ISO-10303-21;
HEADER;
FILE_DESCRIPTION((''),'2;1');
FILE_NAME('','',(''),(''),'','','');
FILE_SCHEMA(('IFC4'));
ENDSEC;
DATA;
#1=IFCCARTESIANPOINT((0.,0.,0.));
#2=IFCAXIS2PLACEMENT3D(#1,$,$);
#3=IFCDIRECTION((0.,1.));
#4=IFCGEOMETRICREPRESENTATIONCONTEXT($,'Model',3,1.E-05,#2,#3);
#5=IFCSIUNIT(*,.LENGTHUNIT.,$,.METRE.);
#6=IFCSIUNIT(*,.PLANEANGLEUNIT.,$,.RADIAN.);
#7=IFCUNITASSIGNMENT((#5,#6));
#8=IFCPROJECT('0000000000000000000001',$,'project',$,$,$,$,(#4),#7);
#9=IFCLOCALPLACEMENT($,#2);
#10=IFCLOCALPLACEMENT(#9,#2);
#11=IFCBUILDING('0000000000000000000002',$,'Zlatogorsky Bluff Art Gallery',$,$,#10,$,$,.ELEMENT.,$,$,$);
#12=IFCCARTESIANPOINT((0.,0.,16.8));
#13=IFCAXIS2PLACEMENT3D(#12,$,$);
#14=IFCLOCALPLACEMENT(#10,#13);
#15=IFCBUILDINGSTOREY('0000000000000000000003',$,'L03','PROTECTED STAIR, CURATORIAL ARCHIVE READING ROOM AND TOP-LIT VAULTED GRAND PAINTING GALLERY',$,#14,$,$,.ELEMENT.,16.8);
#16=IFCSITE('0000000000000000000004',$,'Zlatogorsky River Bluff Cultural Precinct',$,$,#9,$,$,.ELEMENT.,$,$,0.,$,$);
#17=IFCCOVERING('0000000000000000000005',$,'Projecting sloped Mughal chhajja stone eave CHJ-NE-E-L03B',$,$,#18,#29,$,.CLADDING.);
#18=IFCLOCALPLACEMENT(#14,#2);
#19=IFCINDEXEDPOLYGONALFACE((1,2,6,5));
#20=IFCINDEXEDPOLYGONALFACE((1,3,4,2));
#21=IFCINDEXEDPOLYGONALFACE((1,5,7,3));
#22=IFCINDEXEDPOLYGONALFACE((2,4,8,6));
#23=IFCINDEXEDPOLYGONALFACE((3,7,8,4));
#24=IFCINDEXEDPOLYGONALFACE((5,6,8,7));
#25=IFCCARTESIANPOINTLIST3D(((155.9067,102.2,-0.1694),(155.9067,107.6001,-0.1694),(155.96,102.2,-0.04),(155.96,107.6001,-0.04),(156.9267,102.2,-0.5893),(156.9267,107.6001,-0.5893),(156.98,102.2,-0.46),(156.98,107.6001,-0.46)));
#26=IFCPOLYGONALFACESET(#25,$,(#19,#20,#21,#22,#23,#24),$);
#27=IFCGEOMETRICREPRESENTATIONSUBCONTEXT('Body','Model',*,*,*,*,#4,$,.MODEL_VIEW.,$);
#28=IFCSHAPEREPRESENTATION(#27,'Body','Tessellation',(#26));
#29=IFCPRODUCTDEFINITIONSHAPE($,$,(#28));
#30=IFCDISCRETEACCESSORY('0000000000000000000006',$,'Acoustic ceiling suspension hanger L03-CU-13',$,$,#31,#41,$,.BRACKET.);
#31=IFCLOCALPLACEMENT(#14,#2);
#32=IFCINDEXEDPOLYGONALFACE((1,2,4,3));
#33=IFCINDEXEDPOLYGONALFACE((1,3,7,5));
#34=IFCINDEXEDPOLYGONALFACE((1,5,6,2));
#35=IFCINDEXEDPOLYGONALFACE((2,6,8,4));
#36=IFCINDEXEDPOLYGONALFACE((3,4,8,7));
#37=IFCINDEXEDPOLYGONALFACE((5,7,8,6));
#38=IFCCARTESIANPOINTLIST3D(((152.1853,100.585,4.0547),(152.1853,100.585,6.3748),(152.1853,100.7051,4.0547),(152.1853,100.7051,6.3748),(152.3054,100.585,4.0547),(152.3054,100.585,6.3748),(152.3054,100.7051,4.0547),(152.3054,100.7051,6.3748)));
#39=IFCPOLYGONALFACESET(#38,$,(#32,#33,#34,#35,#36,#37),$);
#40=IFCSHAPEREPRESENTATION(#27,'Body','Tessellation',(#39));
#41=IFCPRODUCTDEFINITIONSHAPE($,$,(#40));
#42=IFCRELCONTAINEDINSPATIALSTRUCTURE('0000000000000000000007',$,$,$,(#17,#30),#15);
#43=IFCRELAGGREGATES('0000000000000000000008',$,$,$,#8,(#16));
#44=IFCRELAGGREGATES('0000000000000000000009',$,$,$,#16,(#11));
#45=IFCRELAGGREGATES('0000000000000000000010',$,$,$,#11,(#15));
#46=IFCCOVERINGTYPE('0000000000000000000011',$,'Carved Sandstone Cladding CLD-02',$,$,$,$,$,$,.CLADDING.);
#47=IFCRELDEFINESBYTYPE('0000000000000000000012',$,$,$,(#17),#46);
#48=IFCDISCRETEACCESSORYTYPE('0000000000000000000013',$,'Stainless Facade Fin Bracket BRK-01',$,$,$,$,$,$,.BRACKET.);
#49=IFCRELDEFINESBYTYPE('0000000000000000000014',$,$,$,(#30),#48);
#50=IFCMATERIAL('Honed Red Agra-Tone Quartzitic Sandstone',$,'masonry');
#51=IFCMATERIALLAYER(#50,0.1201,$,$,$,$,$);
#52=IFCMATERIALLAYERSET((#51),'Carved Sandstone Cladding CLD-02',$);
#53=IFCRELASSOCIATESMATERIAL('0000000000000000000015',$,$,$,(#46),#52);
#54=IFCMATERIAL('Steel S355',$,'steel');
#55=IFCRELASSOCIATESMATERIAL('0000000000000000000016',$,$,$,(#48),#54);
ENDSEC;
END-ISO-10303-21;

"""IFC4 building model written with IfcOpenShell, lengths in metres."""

from ifc_helpers import new_model, si_unit, direction, frame, origin, origin_2d, place, context, subcontext, project, spatial, polyline, rectangle, outline, extrude, material, layer, layer_set, type_object, element, save


model = new_model("IFC4")

# Units and contexts
model_context = context("Model", 3, precision=1e-05, world=origin(), true_north=direction((0.0, 1.0)))
body_context = subcontext(model_context, "Body", "Model", "MODEL_VIEW")
ifc_project = project(units=[si_unit("LENGTHUNIT", "METRE"), si_unit("PLANEANGLEUNIT", "RADIAN")], contexts=[model_context])

# Site, building, storey
site_placement = place(None, origin())
site = spatial("IfcSite", under=ifc_project, at=site_placement, Name="Zlatogorsky River Bluff Cultural Precinct", CompositionType="ELEMENT", RefElevation=0.0)
building_placement = place(site_placement, origin())
building = spatial("IfcBuilding", under=site, at=building_placement, Name="Zlatogorsky Bluff Art Gallery", CompositionType="ELEMENT")
storey_placement = place(building_placement, frame((0.0, 0.0, 16.8)))
storey = spatial("IfcBuildingStorey", under=building, at=storey_placement, Name="L03", Description="PROTECTED STAIR, CURATORIAL ARCHIVE READING ROOM AND TOP-LIT VAULTED GRAND PAINTING GALLERY", CompositionType="ELEMENT", Elevation=16.8)

# Shared definitions
ifc_material_1 = material(Name="Steel S355", Category="steel")

# Covering
ifc_material_2 = material(Name="Honed Red Agra-Tone Quartzitic Sandstone", Category="masonry")
ifc_layer_1 = layer(ifc_material_2, 0.1201)
ifc_layer_set_1 = layer_set([ifc_layer_1], Name="Carved Sandstone Cladding CLD-02")
covering_type = type_object("IfcCoveringType", Name="Carved Sandstone Cladding CLD-02", PredefinedType="CLADDING", material=ifc_layer_set_1)
covering_1_placement = place(storey_placement, frame((155.96, 107.6001, -0.04), z_axis=(0.380683, 0.0, 0.924706), x_axis=(0.0, -1.0, 0.0)))
element("IfcCovering", 1, at=covering_1_placement, inside=storey, type_object=covering_type, Name="Projecting sloped Mughal chhajja stone eave CHJ-NE-E-L03B", PredefinedType="CLADDING", context=body_context, shape_type="SweptSolid", body=[
    extrude(outline(polyline([(0.0, 0.0), (5.4001, 0.0), (5.4001, 1.1031), (0.0, 1.1031), (0.0, 0.0)])), origin(), (0.0, 0.0, -1.0), 0.1399),
])

# Discrete accessory
discrete_accessory_type = type_object("IfcDiscreteAccessoryType", Name="Stainless Facade Fin Bracket BRK-01", PredefinedType="BRACKET", material=ifc_material_1)
discrete_accessory_placement = place(storey_placement, frame((152.2454, 100.645, 4.0547), z_axis=(0.0, 0.0, 1.0), x_axis=(1.0, 0.0, 0.0)))
element("IfcDiscreteAccessory", 2, at=discrete_accessory_placement, inside=storey, type_object=discrete_accessory_type, Name="Acoustic ceiling suspension hanger L03-CU-13", PredefinedType="BRACKET", context=body_context, shape_type="SweptSolid", body=[
    extrude(rectangle(XDim=0.1201, YDim=0.1201, at=origin_2d()), origin(), (0.0, 0.0, 1.0), 2.3201),
])

save(model, "model.ifc")
